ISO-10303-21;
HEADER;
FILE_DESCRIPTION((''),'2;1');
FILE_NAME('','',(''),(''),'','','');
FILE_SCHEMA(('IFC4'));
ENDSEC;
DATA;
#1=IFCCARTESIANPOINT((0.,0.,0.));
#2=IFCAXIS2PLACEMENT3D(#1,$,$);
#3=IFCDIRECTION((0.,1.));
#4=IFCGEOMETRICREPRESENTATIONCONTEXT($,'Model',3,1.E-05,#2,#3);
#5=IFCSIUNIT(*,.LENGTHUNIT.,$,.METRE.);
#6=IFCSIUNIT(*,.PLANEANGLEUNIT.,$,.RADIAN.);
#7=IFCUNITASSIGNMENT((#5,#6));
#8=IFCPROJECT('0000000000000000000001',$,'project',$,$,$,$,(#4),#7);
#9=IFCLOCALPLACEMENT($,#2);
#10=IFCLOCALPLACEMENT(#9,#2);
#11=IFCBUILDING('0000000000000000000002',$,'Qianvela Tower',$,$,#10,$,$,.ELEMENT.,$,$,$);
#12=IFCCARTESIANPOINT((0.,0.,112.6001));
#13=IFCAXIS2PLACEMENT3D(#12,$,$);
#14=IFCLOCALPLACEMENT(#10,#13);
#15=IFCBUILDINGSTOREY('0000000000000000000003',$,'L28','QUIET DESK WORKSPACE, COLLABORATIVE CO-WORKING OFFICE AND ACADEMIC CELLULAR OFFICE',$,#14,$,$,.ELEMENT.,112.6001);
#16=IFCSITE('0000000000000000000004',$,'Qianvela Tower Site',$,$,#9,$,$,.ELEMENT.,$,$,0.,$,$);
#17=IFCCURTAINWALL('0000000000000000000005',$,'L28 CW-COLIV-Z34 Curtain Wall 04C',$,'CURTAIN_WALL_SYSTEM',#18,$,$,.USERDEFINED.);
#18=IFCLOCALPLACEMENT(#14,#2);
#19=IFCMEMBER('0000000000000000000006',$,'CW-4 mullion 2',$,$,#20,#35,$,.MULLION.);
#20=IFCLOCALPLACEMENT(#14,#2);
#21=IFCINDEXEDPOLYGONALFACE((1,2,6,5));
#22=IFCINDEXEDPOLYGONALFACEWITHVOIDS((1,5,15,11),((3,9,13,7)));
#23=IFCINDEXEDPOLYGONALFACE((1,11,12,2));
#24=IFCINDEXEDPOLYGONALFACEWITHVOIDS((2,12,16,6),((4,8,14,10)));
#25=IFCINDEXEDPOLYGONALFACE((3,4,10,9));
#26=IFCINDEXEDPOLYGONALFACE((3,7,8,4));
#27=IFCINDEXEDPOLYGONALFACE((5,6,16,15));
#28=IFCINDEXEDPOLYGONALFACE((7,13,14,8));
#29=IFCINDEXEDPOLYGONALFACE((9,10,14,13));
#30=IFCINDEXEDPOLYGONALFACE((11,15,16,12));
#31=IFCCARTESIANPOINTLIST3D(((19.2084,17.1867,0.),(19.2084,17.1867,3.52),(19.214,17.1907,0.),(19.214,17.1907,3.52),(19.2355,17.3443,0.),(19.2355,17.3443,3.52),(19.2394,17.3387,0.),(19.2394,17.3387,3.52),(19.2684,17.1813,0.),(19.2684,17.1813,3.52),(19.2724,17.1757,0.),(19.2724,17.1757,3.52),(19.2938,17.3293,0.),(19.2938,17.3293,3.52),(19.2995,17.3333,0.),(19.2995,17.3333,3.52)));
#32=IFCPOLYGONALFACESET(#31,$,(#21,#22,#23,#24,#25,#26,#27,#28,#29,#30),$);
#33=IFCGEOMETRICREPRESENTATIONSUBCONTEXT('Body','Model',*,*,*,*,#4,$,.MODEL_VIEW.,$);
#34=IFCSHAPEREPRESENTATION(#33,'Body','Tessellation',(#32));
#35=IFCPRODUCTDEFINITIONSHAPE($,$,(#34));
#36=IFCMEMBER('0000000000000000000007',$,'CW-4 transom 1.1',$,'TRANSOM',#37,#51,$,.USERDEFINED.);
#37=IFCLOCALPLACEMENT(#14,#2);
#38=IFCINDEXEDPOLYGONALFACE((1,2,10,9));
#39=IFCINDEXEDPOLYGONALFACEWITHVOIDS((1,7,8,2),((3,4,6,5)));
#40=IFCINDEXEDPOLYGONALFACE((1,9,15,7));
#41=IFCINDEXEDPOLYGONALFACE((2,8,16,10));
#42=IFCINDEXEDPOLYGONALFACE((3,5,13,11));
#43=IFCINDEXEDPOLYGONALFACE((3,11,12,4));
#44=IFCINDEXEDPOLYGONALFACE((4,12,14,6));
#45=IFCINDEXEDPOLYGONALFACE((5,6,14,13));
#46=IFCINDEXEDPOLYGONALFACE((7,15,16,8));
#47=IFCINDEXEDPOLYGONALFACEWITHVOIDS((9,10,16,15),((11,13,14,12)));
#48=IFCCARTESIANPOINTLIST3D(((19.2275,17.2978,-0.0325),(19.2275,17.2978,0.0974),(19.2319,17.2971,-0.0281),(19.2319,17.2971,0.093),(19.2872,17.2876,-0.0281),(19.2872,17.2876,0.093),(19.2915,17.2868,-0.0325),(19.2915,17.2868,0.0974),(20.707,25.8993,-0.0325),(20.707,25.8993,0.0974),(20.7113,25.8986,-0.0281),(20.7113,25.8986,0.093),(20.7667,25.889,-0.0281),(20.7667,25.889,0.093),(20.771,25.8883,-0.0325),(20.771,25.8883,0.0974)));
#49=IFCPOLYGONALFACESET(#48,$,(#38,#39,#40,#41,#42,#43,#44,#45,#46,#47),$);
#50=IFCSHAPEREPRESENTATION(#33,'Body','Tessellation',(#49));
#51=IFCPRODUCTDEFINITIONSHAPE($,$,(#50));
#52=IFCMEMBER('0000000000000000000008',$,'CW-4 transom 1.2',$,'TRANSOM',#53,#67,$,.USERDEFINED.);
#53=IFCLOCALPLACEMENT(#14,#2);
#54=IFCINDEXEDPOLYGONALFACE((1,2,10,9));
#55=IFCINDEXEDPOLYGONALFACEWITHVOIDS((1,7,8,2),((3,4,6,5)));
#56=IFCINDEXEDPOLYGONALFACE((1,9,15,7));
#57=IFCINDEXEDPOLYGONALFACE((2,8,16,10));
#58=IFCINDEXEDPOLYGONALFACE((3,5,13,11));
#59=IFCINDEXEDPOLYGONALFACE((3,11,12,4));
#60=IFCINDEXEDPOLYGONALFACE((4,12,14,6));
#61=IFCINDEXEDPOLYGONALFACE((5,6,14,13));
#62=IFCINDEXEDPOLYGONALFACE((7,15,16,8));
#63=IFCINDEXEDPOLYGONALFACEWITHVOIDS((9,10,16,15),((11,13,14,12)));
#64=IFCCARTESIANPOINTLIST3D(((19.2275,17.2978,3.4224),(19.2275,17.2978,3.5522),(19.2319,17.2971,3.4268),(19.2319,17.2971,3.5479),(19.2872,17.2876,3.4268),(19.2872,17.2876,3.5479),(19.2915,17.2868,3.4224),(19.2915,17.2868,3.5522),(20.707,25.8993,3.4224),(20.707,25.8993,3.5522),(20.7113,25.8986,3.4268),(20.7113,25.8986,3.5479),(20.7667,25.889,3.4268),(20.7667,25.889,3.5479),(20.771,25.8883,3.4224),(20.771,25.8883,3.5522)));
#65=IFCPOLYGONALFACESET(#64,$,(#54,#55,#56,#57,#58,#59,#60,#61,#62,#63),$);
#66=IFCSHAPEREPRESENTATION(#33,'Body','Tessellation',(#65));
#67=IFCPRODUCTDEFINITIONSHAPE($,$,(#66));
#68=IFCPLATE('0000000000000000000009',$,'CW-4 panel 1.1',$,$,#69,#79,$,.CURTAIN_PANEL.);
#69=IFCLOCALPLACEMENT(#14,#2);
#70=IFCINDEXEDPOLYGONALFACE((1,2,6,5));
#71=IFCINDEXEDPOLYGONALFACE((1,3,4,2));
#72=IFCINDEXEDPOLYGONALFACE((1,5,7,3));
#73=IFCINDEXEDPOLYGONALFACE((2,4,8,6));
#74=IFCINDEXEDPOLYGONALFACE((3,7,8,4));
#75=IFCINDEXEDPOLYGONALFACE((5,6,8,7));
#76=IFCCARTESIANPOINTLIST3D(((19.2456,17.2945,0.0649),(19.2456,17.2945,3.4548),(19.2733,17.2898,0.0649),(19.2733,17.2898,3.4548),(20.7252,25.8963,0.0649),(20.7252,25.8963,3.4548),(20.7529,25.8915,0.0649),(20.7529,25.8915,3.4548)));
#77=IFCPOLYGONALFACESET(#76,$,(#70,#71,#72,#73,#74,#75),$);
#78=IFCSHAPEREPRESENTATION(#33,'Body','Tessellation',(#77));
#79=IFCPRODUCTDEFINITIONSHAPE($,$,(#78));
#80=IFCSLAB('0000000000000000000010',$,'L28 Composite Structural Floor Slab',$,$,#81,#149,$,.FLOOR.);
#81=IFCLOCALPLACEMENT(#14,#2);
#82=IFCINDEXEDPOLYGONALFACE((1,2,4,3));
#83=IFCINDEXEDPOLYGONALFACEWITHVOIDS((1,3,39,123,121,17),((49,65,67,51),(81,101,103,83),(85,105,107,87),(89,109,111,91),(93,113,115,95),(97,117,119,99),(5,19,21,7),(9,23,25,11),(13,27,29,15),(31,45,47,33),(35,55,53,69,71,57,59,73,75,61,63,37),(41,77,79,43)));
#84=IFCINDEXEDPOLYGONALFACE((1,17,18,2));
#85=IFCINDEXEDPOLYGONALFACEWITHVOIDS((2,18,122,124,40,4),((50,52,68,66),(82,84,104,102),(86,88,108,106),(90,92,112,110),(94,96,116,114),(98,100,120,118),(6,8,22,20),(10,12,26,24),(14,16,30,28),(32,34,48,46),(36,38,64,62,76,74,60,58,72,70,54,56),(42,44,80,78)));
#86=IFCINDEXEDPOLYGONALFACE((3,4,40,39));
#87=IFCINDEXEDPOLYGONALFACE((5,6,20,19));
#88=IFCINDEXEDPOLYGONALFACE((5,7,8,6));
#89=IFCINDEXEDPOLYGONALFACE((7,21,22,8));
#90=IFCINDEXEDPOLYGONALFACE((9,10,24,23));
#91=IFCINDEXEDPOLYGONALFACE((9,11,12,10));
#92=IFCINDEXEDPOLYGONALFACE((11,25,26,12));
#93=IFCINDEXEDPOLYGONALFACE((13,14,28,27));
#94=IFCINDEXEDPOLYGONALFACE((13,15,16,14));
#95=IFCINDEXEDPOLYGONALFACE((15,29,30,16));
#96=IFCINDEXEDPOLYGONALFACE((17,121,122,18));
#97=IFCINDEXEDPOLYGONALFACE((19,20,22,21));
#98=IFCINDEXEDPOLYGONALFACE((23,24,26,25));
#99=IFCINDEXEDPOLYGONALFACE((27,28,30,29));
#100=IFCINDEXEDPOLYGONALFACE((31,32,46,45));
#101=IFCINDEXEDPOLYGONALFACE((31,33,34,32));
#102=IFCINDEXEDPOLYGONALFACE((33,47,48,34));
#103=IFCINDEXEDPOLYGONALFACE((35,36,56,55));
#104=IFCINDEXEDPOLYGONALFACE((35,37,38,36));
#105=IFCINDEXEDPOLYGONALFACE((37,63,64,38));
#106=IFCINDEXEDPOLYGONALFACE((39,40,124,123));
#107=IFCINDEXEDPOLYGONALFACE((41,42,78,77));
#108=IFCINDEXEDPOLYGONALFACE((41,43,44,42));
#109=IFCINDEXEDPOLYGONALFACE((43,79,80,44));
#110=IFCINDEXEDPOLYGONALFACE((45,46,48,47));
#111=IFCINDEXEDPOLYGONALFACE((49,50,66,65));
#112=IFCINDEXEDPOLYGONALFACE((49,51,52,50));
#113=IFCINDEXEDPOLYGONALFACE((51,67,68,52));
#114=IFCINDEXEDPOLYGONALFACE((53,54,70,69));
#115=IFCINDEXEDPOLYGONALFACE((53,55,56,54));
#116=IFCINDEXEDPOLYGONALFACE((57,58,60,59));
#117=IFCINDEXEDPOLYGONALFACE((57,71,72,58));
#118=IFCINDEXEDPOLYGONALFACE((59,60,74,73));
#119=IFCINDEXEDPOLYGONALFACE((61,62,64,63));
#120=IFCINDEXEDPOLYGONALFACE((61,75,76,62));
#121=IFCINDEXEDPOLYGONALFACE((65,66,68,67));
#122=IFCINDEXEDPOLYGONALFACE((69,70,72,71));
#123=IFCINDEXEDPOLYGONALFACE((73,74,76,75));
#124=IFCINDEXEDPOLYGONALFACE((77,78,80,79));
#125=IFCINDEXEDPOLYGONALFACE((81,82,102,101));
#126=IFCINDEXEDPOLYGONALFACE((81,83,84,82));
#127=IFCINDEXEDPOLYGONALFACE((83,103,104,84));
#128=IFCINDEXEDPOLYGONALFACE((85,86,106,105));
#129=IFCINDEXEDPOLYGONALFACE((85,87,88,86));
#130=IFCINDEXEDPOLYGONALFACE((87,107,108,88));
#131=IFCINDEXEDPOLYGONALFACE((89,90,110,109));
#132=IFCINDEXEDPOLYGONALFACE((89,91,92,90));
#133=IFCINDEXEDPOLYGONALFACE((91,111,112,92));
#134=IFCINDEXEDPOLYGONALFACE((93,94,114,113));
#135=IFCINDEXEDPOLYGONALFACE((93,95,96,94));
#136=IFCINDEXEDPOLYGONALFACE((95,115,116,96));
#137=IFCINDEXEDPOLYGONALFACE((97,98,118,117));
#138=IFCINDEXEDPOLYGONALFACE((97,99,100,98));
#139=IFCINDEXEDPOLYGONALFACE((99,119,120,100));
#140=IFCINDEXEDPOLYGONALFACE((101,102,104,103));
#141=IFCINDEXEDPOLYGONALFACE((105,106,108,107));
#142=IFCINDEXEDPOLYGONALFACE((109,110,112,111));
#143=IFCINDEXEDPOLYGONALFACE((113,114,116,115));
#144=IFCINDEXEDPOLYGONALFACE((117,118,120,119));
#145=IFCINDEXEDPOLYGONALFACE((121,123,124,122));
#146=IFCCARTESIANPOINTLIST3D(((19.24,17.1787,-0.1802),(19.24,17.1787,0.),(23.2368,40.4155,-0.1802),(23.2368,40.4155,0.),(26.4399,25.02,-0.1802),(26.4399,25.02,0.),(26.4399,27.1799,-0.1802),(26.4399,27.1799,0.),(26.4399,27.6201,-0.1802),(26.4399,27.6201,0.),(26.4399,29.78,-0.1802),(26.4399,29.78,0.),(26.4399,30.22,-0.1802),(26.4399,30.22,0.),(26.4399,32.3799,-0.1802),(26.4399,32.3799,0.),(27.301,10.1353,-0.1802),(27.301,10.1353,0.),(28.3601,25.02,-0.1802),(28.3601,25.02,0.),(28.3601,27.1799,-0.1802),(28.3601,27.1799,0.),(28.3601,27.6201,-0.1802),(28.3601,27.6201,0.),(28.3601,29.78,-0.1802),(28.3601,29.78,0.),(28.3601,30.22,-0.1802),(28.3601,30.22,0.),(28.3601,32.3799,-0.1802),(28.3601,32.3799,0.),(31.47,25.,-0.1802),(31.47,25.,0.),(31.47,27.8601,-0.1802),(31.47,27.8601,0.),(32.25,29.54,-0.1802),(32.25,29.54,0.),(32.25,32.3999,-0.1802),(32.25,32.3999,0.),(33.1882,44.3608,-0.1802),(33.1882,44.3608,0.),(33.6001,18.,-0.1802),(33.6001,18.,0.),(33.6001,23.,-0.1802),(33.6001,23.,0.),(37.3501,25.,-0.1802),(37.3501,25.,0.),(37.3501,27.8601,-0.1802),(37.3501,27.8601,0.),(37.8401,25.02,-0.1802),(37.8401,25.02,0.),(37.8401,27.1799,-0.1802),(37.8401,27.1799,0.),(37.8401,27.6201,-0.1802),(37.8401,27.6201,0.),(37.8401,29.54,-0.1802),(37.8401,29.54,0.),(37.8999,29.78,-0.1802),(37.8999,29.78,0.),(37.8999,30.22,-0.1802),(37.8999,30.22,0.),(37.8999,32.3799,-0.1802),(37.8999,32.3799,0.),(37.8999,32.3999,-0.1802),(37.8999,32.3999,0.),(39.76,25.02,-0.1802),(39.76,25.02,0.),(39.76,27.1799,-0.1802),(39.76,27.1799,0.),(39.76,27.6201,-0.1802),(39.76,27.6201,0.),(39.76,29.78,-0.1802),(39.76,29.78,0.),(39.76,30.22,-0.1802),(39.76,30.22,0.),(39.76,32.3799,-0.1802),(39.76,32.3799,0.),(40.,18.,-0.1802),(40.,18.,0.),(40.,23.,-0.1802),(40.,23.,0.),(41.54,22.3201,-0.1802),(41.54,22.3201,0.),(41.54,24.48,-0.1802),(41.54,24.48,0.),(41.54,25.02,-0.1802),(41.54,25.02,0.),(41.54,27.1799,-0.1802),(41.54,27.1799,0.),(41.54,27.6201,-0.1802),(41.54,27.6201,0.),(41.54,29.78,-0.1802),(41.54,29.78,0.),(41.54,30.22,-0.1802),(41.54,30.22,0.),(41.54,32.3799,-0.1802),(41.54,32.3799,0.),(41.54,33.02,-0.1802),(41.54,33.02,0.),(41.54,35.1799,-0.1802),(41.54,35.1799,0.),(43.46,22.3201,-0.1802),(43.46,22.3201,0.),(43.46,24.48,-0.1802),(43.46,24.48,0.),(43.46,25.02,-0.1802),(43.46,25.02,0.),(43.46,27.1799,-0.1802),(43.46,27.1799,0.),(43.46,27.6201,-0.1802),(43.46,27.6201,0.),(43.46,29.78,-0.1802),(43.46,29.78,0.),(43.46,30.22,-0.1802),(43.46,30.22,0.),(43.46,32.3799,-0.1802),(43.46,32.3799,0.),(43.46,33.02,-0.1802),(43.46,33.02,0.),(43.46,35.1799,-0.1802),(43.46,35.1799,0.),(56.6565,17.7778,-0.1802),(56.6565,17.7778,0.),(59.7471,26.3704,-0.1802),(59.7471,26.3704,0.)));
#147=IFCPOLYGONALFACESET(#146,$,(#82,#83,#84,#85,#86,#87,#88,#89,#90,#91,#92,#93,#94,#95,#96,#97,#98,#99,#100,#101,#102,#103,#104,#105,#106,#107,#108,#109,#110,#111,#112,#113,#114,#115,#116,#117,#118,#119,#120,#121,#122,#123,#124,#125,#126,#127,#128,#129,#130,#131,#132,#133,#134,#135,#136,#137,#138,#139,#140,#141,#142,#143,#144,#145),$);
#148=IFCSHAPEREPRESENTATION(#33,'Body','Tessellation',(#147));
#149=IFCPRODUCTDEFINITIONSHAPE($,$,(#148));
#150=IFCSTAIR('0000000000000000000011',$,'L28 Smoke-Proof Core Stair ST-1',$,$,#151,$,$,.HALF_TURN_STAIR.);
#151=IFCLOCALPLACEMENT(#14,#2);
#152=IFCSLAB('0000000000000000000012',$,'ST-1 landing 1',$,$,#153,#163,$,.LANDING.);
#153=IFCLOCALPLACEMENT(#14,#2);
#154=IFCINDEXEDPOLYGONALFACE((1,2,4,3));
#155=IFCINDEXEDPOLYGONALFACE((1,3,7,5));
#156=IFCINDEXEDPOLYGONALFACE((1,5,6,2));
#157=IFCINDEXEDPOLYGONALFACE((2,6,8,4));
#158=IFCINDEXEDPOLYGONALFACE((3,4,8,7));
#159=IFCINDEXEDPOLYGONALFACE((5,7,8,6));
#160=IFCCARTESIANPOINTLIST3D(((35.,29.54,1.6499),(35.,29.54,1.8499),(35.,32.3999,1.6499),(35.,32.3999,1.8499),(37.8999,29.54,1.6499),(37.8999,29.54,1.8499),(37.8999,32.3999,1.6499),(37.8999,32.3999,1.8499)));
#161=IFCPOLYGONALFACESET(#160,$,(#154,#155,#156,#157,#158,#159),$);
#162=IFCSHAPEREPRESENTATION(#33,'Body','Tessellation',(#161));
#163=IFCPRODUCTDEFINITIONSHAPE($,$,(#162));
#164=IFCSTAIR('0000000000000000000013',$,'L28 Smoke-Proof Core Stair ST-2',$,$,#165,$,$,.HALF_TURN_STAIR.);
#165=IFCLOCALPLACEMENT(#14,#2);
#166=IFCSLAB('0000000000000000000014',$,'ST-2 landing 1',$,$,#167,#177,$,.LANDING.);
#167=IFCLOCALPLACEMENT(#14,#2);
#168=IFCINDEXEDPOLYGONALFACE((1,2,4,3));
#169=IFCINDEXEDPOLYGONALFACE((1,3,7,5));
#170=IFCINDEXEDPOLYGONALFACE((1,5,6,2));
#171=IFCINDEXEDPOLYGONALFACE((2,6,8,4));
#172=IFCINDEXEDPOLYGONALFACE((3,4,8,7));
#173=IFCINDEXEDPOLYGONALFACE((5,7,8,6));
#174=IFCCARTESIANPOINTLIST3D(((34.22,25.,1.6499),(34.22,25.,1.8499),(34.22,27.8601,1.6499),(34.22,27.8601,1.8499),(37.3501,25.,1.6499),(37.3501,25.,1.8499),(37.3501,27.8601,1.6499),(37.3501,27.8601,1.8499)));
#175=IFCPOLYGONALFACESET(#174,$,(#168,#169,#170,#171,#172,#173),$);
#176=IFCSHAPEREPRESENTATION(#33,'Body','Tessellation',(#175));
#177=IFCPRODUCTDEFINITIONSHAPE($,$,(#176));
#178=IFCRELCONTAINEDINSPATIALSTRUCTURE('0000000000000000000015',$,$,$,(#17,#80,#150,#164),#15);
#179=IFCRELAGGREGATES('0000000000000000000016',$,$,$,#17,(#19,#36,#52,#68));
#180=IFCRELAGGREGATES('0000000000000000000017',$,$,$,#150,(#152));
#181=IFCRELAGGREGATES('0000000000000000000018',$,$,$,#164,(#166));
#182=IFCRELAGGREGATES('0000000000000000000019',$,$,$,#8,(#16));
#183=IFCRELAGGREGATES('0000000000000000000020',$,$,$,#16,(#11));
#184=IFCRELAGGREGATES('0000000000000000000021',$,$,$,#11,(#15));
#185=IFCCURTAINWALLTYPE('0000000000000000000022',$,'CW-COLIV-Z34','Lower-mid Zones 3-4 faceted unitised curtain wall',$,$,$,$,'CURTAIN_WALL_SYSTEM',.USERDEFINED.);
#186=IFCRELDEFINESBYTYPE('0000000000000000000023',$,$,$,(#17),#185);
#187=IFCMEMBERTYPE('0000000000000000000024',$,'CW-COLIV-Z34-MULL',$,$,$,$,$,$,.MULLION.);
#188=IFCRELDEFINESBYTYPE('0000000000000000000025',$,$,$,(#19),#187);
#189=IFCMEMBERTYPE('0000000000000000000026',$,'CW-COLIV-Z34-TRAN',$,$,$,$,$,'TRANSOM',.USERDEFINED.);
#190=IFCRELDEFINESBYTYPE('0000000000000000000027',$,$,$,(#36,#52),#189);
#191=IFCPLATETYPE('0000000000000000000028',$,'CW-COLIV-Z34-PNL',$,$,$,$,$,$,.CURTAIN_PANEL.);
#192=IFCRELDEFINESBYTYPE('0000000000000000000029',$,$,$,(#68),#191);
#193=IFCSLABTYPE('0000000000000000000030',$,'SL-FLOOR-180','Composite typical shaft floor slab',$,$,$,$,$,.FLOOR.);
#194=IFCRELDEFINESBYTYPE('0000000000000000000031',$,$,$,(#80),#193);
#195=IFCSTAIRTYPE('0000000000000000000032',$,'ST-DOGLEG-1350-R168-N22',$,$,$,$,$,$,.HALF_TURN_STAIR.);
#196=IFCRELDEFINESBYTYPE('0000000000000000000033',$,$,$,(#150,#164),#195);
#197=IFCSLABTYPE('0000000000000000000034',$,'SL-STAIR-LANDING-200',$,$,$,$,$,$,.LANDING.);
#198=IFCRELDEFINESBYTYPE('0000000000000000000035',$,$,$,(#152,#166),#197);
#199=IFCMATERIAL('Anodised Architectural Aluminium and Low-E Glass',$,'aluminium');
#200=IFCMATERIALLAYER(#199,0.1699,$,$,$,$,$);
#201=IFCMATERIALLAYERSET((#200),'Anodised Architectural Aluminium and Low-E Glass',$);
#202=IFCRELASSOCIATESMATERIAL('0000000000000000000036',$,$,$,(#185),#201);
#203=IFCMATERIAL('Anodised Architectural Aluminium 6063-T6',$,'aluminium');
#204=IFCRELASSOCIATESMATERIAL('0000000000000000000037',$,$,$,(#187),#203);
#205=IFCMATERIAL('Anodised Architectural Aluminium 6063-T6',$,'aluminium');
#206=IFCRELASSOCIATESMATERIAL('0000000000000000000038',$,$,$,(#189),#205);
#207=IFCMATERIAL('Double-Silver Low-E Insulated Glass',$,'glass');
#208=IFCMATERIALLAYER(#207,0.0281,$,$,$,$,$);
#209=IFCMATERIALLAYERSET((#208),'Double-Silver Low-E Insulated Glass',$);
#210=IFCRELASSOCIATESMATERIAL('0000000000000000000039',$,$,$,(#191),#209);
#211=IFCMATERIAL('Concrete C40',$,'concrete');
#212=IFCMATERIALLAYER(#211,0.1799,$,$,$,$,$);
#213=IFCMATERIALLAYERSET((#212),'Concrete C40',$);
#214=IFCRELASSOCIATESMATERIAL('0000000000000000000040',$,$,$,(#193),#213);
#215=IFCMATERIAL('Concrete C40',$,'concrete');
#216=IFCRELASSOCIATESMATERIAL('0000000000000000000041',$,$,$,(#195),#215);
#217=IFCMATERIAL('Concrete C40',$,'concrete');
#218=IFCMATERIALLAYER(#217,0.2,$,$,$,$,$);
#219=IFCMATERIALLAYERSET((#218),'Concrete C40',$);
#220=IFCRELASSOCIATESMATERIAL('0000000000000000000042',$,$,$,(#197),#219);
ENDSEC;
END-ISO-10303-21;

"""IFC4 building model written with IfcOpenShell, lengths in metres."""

from ifc_helpers import new_model, si_unit, direction, frame, origin, origin_2d, place, context, subcontext, project, spatial, polyline, rectangle, hollow_rectangle, outline, extrude, material, layer, layer_set, material_profile, profile_set, type_object, element, aggregate, save


model = new_model("IFC4")

# Units and contexts
model_context = context("Model", 3, precision=1e-05, world=origin(), true_north=direction((0.0, 1.0)))
body_context = subcontext(model_context, "Body", "Model", "MODEL_VIEW")
ifc_project = project(units=[si_unit("LENGTHUNIT", "METRE"), si_unit("PLANEANGLEUNIT", "RADIAN")], contexts=[model_context])

# Site, building, storey
site_placement = place(None, origin())
site = spatial("IfcSite", under=ifc_project, at=site_placement, Name="Qianvela Tower Site", CompositionType="ELEMENT", RefElevation=0.0)
building_placement = place(site_placement, origin())
building = spatial("IfcBuilding", under=site, at=building_placement, Name="Qianvela Tower", CompositionType="ELEMENT")
storey_placement = place(building_placement, frame((0.0, 0.0, 112.6001)))
storey = spatial("IfcBuildingStorey", under=building, at=storey_placement, Name="L28", Description="QUIET DESK WORKSPACE, COLLABORATIVE CO-WORKING OFFICE AND ACADEMIC CELLULAR OFFICE", CompositionType="ELEMENT", Elevation=112.6001)

# Curtain wall, members, plate
ifc_material_1 = material(Name="Anodised Architectural Aluminium and Low-E Glass", Category="aluminium")
ifc_layer_1 = layer(ifc_material_1, 0.1699)
ifc_layer_set_1 = layer_set([ifc_layer_1], Name="Anodised Architectural Aluminium and Low-E Glass")
curtain_wall_type = type_object("IfcCurtainWallType", Name="CW-COLIV-Z34", Description="Lower-mid Zones 3-4 faceted unitised curtain wall", ElementType="CURTAIN_WALL_SYSTEM", PredefinedType="USERDEFINED", material=ifc_layer_set_1)
curtain_wall_placement = place(storey_placement, origin())
curtain_wall = element("IfcCurtainWall", 1, at=curtain_wall_placement, inside=storey, type_object=curtain_wall_type, Name="L28 CW-COLIV-Z34 Curtain Wall 04C", ObjectType="CURTAIN_WALL_SYSTEM", PredefinedType="USERDEFINED")
ifc_material_2 = material(Name="Anodised Architectural Aluminium 6063-T6", Category="aluminium")
ifc_material_profile_1 = material_profile(ifc_material_2, hollow_rectangle(XDim=0.0649, YDim=0.1599, WallThickness=0.0049, at=origin_2d()), Name="ALU-MULL-65x160")
ifc_profile_set_1 = profile_set([ifc_material_profile_1], Name="Anodised Architectural Aluminium 6063-T6")
member_type_1 = type_object("IfcMemberType", Name="CW-COLIV-Z34-MULL", PredefinedType="MULLION", material=ifc_profile_set_1)
member_1_placement = place(storey_placement, frame((19.2539, 17.26, 0.0), z_axis=(0.0, 0.0, 1.0), x_axis=(0.985527, -0.169519, 0.0)))
member_1 = element("IfcMember", 2, at=member_1_placement, type_object=member_type_1, Name="CW-4 mullion 2", PredefinedType="MULLION", context=body_context, shape_type="SweptSolid", body=[
    extrude(hollow_rectangle(XDim=0.0649, YDim=0.1599, WallThickness=0.0049, at=origin_2d()), origin(), (0.0, 0.0, 1.0), 3.52),
])
ifc_material_3 = material(Name="Anodised Architectural Aluminium 6063-T6", Category="aluminium")
ifc_material_profile_2 = material_profile(ifc_material_3, hollow_rectangle(XDim=0.0649, YDim=0.1299, WallThickness=0.0044, at=origin_2d()), Name="ALU-TRAN-65x130")
ifc_profile_set_2 = profile_set([ifc_material_profile_2], Name="Anodised Architectural Aluminium 6063-T6")
member_type_2 = type_object("IfcMemberType", Name="CW-COLIV-Z34-TRAN", ElementType="TRANSOM", PredefinedType="USERDEFINED", material=ifc_profile_set_2)
member_2_placement = place(storey_placement, frame((20.739, 25.8938, 0.0325), z_axis=(-0.169513, -0.985528, 0.0), x_axis=(0.985528, -0.169513, 0.0)))
member_2 = element("IfcMember", 3, at=member_2_placement, type_object=member_type_2, Name="CW-4 transom 1.1", ObjectType="TRANSOM", PredefinedType="USERDEFINED", context=body_context, shape_type="SweptSolid", body=[
    extrude(hollow_rectangle(XDim=0.0649, YDim=0.1299, WallThickness=0.0044, at=origin_2d()), origin(), (0.0, 0.0, 1.0), 8.7278),
])
member_3_placement = place(storey_placement, frame((20.739, 25.8938, 3.4873), z_axis=(-0.169513, -0.985528, 0.0), x_axis=(0.985528, -0.169513, 0.0)))
member_3 = element("IfcMember", 4, at=member_3_placement, type_object=member_type_2, Name="CW-4 transom 1.2", ObjectType="TRANSOM", PredefinedType="USERDEFINED", context=body_context, shape_type="SweptSolid", body=[
    extrude(hollow_rectangle(XDim=0.0649, YDim=0.1299, WallThickness=0.0044, at=origin_2d()), origin(), (0.0, 0.0, 1.0), 8.7278),
])
ifc_material_4 = material(Name="Double-Silver Low-E Insulated Glass", Category="glass")
ifc_layer_2 = layer(ifc_material_4, 0.0281)
ifc_layer_set_2 = layer_set([ifc_layer_2], Name="Double-Silver Low-E Insulated Glass")
plate_type_1 = type_object("IfcPlateType", Name="CW-COLIV-Z34-PNL", PredefinedType="CURTAIN_PANEL", material=ifc_layer_set_2)
plate_1_placement = place(storey_placement, frame((19.9993, 21.593, 0.0649), z_axis=(0.0, 0.0, 1.0), x_axis=(-0.169519, -0.985527, 0.0)))
plate_1 = element("IfcPlate", 5, at=plate_1_placement, type_object=plate_type_1, Name="CW-4 panel 1.1", PredefinedType="CURTAIN_PANEL", context=body_context, shape_type="SweptSolid", body=[
    extrude(rectangle(XDim=8.728, YDim=0.0281, at=origin_2d()), origin(), (0.0, 0.0, 1.0), 3.3899),
])
aggregate(curtain_wall, [member_1, member_2, member_3, plate_1])

# Slab
ifc_material_5 = material(Name="Concrete C40", Category="concrete")
ifc_layer_3 = layer(ifc_material_5, 0.1799)
ifc_layer_set_3 = layer_set([ifc_layer_3], Name="Concrete C40")
slab_type_1 = type_object("IfcSlabType", Name="SL-FLOOR-180", Description="Composite typical shaft floor slab", PredefinedType="FLOOR", material=ifc_layer_set_3)
slab_1_placement = place(storey_placement, frame((0.0, 0.0, -0.1802)))
element("IfcSlab", 6, at=slab_1_placement, inside=storey, type_object=slab_type_1, Name="L28 Composite Structural Floor Slab", PredefinedType="FLOOR", context=body_context, shape_type="SweptSolid", body=[
    extrude(outline(polyline([(56.6565, 17.7778), (59.7471, 26.3704), (33.1882, 44.3608), (23.2368, 40.4155), (19.24, 17.1787), (27.301, 10.1353), (56.6565, 17.7778)]), holes=[polyline([(40.0, 23.0), (33.6001, 23.0), (33.6001, 18.0), (40.0, 18.0), (40.0, 23.0)]), polyline([(28.3601, 25.02), (28.3601, 27.1799), (26.4399, 27.1799), (26.4399, 25.02), (28.3601, 25.02)]), polyline([(37.3501, 25.0), (37.3501, 27.8601), (31.47, 27.8601), (31.47, 25.0), (37.3501, 25.0)]), polyline([(28.3601, 27.6201), (28.3601, 29.78), (26.4399, 29.78), (26.4399, 27.6201), (28.3601, 27.6201)]), polyline([(37.8999, 32.3799), (37.8999, 32.3999), (32.25, 32.3999), (32.25, 29.54), (37.8401, 29.54), (37.8401, 27.6201), (39.76, 27.6201), (39.76, 29.78), (37.8999, 29.78), (37.8999, 30.22), (39.76, 30.22), (39.76, 32.3799), (37.8999, 32.3799)]), polyline([(28.3601, 30.22), (28.3601, 32.3799), (26.4399, 32.3799), (26.4399, 30.22), (28.3601, 30.22)]), polyline([(43.46, 24.48), (41.54, 24.48), (41.54, 22.3201), (43.46, 22.3201), (43.46, 24.48)]), polyline([(39.76, 25.02), (39.76, 27.1799), (37.8401, 27.1799), (37.8401, 25.02), (39.76, 25.02)]), polyline([(43.46, 25.02), (43.46, 27.1799), (41.54, 27.1799), (41.54, 25.02), (43.46, 25.02)]), polyline([(43.46, 27.6201), (43.46, 29.78), (41.54, 29.78), (41.54, 27.6201), (43.46, 27.6201)]), polyline([(43.46, 30.22), (43.46, 32.3799), (41.54, 32.3799), (41.54, 30.22), (43.46, 30.22)]), polyline([(43.46, 33.02), (43.46, 35.1799), (41.54, 35.1799), (41.54, 33.02), (43.46, 33.02)])]), origin(), (0.0, 0.0, 1.0), 0.1802),
])

# Stairs, slabs
ifc_material_6 = material(Name="Concrete C40", Category="concrete")
stair_type = type_object("IfcStairType", Name="ST-DOGLEG-1350-R168-N22", PredefinedType="HALF_TURN_STAIR", material=ifc_material_6)
stair_1_placement = place(storey_placement, origin())
stair_1 = element("IfcStair", 7, at=stair_1_placement, inside=storey, type_object=stair_type, Name="L28 Smoke-Proof Core Stair ST-1", PredefinedType="HALF_TURN_STAIR")
ifc_material_7 = material(Name="Concrete C40", Category="concrete")
ifc_layer_4 = layer(ifc_material_7, 0.2)
ifc_layer_set_4 = layer_set([ifc_layer_4], Name="Concrete C40")
slab_type_2 = type_object("IfcSlabType", Name="SL-STAIR-LANDING-200", PredefinedType="LANDING", material=ifc_layer_set_4)
slab_2_placement = place(storey_placement, frame((0.0, 0.0, 1.6499)))
slab_2 = element("IfcSlab", 8, at=slab_2_placement, type_object=slab_type_2, Name="ST-1 landing 1", PredefinedType="LANDING", context=body_context, shape_type="SweptSolid", body=[
    extrude(outline(polyline([(35.0, 29.54), (37.8999, 29.54), (37.8999, 32.3999), (35.0, 32.3999), (35.0, 29.54)])), origin(), (0.0, 0.0, 1.0), 0.2),
])
aggregate(stair_1, [slab_2])
stair_2_placement = place(storey_placement, origin())
stair_2 = element("IfcStair", 9, at=stair_2_placement, inside=storey, type_object=stair_type, Name="L28 Smoke-Proof Core Stair ST-2", PredefinedType="HALF_TURN_STAIR")
slab_3_placement = place(storey_placement, frame((0.0, 0.0, 1.6499)))
slab_3 = element("IfcSlab", 10, at=slab_3_placement, type_object=slab_type_2, Name="ST-2 landing 1", PredefinedType="LANDING", context=body_context, shape_type="SweptSolid", body=[
    extrude(outline(polyline([(34.22, 25.0), (37.3501, 25.0), (37.3501, 27.8601), (34.22, 27.8601), (34.22, 25.0)])), origin(), (0.0, 0.0, 1.0), 0.2),
])
aggregate(stair_2, [slab_3])

save(model, "model.ifc")
